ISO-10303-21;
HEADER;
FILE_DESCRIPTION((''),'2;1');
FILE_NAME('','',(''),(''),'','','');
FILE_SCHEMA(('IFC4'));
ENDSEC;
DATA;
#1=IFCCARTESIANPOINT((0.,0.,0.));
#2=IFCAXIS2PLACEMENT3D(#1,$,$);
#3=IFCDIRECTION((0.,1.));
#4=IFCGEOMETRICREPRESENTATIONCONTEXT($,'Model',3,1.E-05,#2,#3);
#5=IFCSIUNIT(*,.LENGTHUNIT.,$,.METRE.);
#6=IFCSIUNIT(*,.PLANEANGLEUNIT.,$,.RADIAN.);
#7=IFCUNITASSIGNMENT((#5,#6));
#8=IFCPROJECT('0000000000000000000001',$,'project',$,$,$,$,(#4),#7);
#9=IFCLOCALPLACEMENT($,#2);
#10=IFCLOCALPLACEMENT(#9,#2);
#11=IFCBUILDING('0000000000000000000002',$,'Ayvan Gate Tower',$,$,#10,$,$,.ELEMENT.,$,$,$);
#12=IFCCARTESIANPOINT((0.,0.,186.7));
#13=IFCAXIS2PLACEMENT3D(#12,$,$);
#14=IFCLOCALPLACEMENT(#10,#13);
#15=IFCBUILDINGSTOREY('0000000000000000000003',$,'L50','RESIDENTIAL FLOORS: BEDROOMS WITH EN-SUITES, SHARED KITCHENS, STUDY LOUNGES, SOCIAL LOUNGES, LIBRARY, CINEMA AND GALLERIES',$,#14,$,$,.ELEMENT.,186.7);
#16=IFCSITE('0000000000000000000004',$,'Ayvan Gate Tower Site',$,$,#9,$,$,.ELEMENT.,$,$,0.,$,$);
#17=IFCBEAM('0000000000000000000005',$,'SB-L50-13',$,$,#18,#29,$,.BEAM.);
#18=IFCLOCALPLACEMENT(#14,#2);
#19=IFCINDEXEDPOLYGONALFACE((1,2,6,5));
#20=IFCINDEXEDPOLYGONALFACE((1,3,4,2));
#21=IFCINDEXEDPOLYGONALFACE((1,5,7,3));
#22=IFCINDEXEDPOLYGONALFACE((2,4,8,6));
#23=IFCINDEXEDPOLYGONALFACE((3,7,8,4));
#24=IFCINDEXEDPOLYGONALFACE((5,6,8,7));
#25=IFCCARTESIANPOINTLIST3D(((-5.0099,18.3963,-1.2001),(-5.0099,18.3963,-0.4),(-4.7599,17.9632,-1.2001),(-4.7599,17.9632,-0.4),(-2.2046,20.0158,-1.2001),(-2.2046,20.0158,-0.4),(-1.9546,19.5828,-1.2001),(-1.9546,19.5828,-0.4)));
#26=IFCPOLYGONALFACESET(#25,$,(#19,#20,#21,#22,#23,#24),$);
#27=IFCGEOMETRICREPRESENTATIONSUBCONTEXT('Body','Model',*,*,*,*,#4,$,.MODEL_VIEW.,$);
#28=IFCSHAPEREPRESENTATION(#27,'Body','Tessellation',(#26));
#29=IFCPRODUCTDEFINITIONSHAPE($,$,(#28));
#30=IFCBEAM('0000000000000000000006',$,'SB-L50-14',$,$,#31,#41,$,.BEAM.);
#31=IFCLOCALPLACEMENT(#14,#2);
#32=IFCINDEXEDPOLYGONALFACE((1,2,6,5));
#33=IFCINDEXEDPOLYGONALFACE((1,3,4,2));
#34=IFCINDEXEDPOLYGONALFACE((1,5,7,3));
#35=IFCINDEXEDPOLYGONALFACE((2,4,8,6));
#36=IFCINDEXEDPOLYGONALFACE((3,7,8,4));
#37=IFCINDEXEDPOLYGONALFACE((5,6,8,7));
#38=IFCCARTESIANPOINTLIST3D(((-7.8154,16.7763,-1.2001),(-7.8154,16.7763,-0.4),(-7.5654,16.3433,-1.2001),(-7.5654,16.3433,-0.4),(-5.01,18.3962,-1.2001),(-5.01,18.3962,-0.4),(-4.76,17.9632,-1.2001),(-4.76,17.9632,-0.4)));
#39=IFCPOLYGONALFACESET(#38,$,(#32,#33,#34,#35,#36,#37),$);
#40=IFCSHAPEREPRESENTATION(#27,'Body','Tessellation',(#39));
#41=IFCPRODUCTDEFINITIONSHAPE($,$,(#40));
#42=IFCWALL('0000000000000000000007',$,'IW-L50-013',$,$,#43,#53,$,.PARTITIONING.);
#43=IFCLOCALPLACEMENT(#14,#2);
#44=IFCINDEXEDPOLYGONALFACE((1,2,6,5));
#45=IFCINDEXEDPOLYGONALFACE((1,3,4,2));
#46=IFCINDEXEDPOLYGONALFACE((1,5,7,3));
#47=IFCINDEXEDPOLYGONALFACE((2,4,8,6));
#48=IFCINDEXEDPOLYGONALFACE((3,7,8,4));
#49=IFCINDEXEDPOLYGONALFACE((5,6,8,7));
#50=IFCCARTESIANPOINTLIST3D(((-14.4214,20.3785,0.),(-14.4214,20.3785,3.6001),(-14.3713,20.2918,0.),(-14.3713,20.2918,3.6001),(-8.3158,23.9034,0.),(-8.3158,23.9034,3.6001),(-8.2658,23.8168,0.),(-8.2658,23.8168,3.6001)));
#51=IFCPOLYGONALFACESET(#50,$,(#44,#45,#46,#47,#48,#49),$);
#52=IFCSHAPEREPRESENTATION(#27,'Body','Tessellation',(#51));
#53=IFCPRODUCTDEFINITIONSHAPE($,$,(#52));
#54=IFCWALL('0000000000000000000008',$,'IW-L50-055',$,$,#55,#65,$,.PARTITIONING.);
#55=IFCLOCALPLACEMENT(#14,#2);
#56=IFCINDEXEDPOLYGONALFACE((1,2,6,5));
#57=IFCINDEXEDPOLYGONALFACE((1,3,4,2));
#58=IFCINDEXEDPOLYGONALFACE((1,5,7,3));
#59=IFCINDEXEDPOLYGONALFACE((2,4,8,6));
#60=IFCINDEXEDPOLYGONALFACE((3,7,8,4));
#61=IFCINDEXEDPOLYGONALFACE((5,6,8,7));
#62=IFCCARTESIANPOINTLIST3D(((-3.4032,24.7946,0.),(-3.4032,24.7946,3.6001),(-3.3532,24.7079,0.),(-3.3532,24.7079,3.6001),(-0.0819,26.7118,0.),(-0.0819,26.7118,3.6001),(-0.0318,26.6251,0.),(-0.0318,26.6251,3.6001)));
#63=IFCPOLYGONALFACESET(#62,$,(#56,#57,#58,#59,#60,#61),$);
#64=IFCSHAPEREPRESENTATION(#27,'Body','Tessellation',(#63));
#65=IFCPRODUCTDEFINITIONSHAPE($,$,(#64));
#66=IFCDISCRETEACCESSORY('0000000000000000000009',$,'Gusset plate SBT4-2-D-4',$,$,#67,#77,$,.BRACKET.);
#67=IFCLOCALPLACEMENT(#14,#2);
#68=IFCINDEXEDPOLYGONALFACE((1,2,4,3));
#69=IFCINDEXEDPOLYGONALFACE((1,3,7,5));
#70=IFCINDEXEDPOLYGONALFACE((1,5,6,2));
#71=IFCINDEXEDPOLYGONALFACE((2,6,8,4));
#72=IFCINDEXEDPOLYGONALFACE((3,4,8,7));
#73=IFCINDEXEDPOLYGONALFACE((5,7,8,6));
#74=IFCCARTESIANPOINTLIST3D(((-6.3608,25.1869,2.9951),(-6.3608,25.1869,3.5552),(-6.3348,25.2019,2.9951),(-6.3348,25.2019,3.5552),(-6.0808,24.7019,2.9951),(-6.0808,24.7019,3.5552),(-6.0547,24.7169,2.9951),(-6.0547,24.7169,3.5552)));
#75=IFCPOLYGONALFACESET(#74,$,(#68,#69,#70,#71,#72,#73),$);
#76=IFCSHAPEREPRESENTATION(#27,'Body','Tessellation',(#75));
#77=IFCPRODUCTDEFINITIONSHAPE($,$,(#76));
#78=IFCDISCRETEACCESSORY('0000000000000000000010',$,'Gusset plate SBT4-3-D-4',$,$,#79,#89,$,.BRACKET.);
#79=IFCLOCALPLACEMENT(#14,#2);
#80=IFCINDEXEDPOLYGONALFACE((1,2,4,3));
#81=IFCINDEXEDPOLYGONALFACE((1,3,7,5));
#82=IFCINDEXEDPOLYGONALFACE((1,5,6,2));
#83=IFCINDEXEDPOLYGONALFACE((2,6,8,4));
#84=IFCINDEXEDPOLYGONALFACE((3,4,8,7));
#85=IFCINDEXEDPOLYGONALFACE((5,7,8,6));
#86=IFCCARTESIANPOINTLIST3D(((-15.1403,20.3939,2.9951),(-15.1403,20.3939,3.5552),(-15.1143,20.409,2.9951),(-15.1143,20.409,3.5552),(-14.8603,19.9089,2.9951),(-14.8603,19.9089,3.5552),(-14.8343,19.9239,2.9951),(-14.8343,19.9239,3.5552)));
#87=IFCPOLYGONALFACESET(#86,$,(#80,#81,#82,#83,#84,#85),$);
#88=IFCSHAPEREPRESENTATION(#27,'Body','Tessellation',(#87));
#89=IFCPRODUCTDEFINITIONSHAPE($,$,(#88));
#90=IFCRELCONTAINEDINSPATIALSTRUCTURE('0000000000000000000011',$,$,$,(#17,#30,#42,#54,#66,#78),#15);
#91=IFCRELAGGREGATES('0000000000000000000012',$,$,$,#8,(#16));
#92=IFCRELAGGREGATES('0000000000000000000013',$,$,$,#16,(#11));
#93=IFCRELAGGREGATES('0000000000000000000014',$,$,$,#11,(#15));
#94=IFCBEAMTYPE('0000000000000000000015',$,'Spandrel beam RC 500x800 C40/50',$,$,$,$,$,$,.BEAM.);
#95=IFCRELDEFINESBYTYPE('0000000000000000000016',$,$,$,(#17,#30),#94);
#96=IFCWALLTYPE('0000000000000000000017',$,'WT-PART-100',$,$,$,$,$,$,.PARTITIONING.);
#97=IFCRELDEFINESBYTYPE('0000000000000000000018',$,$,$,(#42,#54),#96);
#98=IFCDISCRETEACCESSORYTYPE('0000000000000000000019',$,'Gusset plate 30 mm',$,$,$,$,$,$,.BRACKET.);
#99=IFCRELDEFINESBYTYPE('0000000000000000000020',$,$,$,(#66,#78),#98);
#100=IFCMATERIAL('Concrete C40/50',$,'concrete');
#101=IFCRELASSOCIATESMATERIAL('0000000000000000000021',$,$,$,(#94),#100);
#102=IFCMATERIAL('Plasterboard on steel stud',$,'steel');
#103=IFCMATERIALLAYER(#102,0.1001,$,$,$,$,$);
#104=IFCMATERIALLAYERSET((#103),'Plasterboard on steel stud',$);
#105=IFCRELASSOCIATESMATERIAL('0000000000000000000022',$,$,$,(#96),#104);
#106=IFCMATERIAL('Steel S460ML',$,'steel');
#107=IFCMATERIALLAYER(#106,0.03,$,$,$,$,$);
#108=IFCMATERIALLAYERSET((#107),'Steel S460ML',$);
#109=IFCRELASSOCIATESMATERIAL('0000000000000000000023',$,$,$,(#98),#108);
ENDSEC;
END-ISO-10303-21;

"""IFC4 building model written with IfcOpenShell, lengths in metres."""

from ifc_helpers import new_model, si_unit, direction, frame, frame_2d, origin, origin_2d, place, context, subcontext, project, spatial, rectangle, extrude, material, layer, layer_set, material_profile, profile_set, type_object, element, save


model = new_model("IFC4")

# Units and contexts
model_context = context("Model", 3, precision=1e-05, world=origin(), true_north=direction((0.0, 1.0)))
body_context = subcontext(model_context, "Body", "Model", "MODEL_VIEW")
ifc_project = project(units=[si_unit("LENGTHUNIT", "METRE"), si_unit("PLANEANGLEUNIT", "RADIAN")], contexts=[model_context])

# Site, building, storey
site_placement = place(None, origin())
site = spatial("IfcSite", under=ifc_project, at=site_placement, Name="Ayvan Gate Tower Site", CompositionType="ELEMENT", RefElevation=0.0)
building_placement = place(site_placement, origin())
building = spatial("IfcBuilding", under=site, at=building_placement, Name="Ayvan Gate Tower", CompositionType="ELEMENT")
storey_placement = place(building_placement, frame((0.0, 0.0, 186.7)))
storey = spatial("IfcBuildingStorey", under=building, at=storey_placement, Name="L50", Description="RESIDENTIAL FLOORS: BEDROOMS WITH EN-SUITES, SHARED KITCHENS, STUDY LOUNGES, SOCIAL LOUNGES, LIBRARY, CINEMA AND GALLERIES", CompositionType="ELEMENT", Elevation=186.7)

# Beams
ifc_material_1 = material(Name="Concrete C40/50", Category="concrete")
ifc_material_profile_1 = material_profile(ifc_material_1, rectangle(XDim=0.5, YDim=0.8, at=origin_2d()), Name="RC 500x800")
ifc_profile_set_1 = profile_set([ifc_material_profile_1], Name="Concrete C40/50")
beam_type = type_object("IfcBeamType", Name="Spandrel beam RC 500x800 C40/50", PredefinedType="BEAM", material=ifc_profile_set_1)
beam_1_placement = place(storey_placement, frame((-2.0796, 19.7993, -0.8), z_axis=(-0.866036, -0.499981, 0.0), x_axis=(0.499981, -0.866036, 0.0)))
element("IfcBeam", 1, at=beam_1_placement, inside=storey, type_object=beam_type, Name="SB-L50-13", PredefinedType="BEAM", context=body_context, shape_type="SweptSolid", body=[
    extrude(rectangle(XDim=0.5, YDim=0.8, at=origin_2d()), origin(), (0.0, 0.0, 1.0), 3.2393),
])
beam_2_placement = place(storey_placement, frame((-4.885, 18.1797, -0.8), z_axis=(-0.866004, -0.500038, 0.0), x_axis=(0.500038, -0.866004, 0.0)))
element("IfcBeam", 2, at=beam_2_placement, inside=storey, type_object=beam_type, Name="SB-L50-14", PredefinedType="BEAM", context=body_context, shape_type="SweptSolid", body=[
    extrude(rectangle(XDim=0.5, YDim=0.8, at=origin_2d()), origin(), (0.0, 0.0, 1.0), 3.2395),
])

# Walls
ifc_material_2 = material(Name="Plasterboard on steel stud", Category="steel")
ifc_layer_1 = layer(ifc_material_2, 0.1001)
ifc_layer_set_1 = layer_set([ifc_layer_1], Name="Plasterboard on steel stud")
wall_type = type_object("IfcWallType", Name="WT-PART-100", PredefinedType="PARTITIONING", material=ifc_layer_set_1)
wall_1_placement = place(storey_placement, frame((-14.3962, 20.3352, 0.0), z_axis=(0.0, 0.0, 1.0), x_axis=(0.866031, 0.49999, 0.0)))
element("IfcWall", 3, at=wall_1_placement, inside=storey, type_object=wall_type, Name="IW-L50-013", PredefinedType="PARTITIONING", context=body_context, shape_type="SweptSolid", body=[
    extrude(rectangle(XDim=7.05, YDim=0.1001, at=frame_2d((3.5249, 0.0))), origin(), (0.0, 0.0, 1.0), 3.6001),
])
wall_2_placement = place(storey_placement, frame((-3.3782, 24.7512, 0.0), z_axis=(0.0, 0.0, 1.0), x_axis=(0.86606, 0.499939, 0.0)))
element("IfcWall", 4, at=wall_2_placement, inside=storey, type_object=wall_type, Name="IW-L50-055", PredefinedType="PARTITIONING", context=body_context, shape_type="SweptSolid", body=[
    extrude(rectangle(XDim=3.835, YDim=0.1001, at=frame_2d((1.9175, 0.0))), origin(), (0.0, 0.0, 1.0), 3.6001),
])

# Discrete accessories
ifc_material_3 = material(Name="Steel S460ML", Category="steel")
ifc_layer_2 = layer(ifc_material_3, 0.03)
ifc_layer_set_2 = layer_set([ifc_layer_2], Name="Steel S460ML")
discrete_accessory_type = type_object("IfcDiscreteAccessoryType", Name="Gusset plate 30 mm", PredefinedType="BRACKET", material=ifc_layer_set_2)
for number, where, z_axis, x_axis, name in (
    (5, (-6.2078, 24.9519, 2.9951), (0.0, 0.0, 1.0), (-0.5, 0.866025, 0.0), "Gusset plate SBT4-2-D-4"),
    (6, (-14.9873, 20.1589, 2.9951), (0.0, 0.0, 1.0), (-0.5, 0.866025, 0.0), "Gusset plate SBT4-3-D-4"),
):
    element("IfcDiscreteAccessory", number, at=place(storey_placement, frame(where, z_axis=z_axis, x_axis=x_axis)), inside=storey, type_object=discrete_accessory_type, Name=name, PredefinedType="BRACKET", context=body_context, shape_type="SweptSolid", body=[
        extrude(rectangle(XDim=0.5601, YDim=0.03, at=origin_2d()), origin(), (0.0, 0.0, 1.0), 0.5601),
    ])

save(model, "model.ifc")
